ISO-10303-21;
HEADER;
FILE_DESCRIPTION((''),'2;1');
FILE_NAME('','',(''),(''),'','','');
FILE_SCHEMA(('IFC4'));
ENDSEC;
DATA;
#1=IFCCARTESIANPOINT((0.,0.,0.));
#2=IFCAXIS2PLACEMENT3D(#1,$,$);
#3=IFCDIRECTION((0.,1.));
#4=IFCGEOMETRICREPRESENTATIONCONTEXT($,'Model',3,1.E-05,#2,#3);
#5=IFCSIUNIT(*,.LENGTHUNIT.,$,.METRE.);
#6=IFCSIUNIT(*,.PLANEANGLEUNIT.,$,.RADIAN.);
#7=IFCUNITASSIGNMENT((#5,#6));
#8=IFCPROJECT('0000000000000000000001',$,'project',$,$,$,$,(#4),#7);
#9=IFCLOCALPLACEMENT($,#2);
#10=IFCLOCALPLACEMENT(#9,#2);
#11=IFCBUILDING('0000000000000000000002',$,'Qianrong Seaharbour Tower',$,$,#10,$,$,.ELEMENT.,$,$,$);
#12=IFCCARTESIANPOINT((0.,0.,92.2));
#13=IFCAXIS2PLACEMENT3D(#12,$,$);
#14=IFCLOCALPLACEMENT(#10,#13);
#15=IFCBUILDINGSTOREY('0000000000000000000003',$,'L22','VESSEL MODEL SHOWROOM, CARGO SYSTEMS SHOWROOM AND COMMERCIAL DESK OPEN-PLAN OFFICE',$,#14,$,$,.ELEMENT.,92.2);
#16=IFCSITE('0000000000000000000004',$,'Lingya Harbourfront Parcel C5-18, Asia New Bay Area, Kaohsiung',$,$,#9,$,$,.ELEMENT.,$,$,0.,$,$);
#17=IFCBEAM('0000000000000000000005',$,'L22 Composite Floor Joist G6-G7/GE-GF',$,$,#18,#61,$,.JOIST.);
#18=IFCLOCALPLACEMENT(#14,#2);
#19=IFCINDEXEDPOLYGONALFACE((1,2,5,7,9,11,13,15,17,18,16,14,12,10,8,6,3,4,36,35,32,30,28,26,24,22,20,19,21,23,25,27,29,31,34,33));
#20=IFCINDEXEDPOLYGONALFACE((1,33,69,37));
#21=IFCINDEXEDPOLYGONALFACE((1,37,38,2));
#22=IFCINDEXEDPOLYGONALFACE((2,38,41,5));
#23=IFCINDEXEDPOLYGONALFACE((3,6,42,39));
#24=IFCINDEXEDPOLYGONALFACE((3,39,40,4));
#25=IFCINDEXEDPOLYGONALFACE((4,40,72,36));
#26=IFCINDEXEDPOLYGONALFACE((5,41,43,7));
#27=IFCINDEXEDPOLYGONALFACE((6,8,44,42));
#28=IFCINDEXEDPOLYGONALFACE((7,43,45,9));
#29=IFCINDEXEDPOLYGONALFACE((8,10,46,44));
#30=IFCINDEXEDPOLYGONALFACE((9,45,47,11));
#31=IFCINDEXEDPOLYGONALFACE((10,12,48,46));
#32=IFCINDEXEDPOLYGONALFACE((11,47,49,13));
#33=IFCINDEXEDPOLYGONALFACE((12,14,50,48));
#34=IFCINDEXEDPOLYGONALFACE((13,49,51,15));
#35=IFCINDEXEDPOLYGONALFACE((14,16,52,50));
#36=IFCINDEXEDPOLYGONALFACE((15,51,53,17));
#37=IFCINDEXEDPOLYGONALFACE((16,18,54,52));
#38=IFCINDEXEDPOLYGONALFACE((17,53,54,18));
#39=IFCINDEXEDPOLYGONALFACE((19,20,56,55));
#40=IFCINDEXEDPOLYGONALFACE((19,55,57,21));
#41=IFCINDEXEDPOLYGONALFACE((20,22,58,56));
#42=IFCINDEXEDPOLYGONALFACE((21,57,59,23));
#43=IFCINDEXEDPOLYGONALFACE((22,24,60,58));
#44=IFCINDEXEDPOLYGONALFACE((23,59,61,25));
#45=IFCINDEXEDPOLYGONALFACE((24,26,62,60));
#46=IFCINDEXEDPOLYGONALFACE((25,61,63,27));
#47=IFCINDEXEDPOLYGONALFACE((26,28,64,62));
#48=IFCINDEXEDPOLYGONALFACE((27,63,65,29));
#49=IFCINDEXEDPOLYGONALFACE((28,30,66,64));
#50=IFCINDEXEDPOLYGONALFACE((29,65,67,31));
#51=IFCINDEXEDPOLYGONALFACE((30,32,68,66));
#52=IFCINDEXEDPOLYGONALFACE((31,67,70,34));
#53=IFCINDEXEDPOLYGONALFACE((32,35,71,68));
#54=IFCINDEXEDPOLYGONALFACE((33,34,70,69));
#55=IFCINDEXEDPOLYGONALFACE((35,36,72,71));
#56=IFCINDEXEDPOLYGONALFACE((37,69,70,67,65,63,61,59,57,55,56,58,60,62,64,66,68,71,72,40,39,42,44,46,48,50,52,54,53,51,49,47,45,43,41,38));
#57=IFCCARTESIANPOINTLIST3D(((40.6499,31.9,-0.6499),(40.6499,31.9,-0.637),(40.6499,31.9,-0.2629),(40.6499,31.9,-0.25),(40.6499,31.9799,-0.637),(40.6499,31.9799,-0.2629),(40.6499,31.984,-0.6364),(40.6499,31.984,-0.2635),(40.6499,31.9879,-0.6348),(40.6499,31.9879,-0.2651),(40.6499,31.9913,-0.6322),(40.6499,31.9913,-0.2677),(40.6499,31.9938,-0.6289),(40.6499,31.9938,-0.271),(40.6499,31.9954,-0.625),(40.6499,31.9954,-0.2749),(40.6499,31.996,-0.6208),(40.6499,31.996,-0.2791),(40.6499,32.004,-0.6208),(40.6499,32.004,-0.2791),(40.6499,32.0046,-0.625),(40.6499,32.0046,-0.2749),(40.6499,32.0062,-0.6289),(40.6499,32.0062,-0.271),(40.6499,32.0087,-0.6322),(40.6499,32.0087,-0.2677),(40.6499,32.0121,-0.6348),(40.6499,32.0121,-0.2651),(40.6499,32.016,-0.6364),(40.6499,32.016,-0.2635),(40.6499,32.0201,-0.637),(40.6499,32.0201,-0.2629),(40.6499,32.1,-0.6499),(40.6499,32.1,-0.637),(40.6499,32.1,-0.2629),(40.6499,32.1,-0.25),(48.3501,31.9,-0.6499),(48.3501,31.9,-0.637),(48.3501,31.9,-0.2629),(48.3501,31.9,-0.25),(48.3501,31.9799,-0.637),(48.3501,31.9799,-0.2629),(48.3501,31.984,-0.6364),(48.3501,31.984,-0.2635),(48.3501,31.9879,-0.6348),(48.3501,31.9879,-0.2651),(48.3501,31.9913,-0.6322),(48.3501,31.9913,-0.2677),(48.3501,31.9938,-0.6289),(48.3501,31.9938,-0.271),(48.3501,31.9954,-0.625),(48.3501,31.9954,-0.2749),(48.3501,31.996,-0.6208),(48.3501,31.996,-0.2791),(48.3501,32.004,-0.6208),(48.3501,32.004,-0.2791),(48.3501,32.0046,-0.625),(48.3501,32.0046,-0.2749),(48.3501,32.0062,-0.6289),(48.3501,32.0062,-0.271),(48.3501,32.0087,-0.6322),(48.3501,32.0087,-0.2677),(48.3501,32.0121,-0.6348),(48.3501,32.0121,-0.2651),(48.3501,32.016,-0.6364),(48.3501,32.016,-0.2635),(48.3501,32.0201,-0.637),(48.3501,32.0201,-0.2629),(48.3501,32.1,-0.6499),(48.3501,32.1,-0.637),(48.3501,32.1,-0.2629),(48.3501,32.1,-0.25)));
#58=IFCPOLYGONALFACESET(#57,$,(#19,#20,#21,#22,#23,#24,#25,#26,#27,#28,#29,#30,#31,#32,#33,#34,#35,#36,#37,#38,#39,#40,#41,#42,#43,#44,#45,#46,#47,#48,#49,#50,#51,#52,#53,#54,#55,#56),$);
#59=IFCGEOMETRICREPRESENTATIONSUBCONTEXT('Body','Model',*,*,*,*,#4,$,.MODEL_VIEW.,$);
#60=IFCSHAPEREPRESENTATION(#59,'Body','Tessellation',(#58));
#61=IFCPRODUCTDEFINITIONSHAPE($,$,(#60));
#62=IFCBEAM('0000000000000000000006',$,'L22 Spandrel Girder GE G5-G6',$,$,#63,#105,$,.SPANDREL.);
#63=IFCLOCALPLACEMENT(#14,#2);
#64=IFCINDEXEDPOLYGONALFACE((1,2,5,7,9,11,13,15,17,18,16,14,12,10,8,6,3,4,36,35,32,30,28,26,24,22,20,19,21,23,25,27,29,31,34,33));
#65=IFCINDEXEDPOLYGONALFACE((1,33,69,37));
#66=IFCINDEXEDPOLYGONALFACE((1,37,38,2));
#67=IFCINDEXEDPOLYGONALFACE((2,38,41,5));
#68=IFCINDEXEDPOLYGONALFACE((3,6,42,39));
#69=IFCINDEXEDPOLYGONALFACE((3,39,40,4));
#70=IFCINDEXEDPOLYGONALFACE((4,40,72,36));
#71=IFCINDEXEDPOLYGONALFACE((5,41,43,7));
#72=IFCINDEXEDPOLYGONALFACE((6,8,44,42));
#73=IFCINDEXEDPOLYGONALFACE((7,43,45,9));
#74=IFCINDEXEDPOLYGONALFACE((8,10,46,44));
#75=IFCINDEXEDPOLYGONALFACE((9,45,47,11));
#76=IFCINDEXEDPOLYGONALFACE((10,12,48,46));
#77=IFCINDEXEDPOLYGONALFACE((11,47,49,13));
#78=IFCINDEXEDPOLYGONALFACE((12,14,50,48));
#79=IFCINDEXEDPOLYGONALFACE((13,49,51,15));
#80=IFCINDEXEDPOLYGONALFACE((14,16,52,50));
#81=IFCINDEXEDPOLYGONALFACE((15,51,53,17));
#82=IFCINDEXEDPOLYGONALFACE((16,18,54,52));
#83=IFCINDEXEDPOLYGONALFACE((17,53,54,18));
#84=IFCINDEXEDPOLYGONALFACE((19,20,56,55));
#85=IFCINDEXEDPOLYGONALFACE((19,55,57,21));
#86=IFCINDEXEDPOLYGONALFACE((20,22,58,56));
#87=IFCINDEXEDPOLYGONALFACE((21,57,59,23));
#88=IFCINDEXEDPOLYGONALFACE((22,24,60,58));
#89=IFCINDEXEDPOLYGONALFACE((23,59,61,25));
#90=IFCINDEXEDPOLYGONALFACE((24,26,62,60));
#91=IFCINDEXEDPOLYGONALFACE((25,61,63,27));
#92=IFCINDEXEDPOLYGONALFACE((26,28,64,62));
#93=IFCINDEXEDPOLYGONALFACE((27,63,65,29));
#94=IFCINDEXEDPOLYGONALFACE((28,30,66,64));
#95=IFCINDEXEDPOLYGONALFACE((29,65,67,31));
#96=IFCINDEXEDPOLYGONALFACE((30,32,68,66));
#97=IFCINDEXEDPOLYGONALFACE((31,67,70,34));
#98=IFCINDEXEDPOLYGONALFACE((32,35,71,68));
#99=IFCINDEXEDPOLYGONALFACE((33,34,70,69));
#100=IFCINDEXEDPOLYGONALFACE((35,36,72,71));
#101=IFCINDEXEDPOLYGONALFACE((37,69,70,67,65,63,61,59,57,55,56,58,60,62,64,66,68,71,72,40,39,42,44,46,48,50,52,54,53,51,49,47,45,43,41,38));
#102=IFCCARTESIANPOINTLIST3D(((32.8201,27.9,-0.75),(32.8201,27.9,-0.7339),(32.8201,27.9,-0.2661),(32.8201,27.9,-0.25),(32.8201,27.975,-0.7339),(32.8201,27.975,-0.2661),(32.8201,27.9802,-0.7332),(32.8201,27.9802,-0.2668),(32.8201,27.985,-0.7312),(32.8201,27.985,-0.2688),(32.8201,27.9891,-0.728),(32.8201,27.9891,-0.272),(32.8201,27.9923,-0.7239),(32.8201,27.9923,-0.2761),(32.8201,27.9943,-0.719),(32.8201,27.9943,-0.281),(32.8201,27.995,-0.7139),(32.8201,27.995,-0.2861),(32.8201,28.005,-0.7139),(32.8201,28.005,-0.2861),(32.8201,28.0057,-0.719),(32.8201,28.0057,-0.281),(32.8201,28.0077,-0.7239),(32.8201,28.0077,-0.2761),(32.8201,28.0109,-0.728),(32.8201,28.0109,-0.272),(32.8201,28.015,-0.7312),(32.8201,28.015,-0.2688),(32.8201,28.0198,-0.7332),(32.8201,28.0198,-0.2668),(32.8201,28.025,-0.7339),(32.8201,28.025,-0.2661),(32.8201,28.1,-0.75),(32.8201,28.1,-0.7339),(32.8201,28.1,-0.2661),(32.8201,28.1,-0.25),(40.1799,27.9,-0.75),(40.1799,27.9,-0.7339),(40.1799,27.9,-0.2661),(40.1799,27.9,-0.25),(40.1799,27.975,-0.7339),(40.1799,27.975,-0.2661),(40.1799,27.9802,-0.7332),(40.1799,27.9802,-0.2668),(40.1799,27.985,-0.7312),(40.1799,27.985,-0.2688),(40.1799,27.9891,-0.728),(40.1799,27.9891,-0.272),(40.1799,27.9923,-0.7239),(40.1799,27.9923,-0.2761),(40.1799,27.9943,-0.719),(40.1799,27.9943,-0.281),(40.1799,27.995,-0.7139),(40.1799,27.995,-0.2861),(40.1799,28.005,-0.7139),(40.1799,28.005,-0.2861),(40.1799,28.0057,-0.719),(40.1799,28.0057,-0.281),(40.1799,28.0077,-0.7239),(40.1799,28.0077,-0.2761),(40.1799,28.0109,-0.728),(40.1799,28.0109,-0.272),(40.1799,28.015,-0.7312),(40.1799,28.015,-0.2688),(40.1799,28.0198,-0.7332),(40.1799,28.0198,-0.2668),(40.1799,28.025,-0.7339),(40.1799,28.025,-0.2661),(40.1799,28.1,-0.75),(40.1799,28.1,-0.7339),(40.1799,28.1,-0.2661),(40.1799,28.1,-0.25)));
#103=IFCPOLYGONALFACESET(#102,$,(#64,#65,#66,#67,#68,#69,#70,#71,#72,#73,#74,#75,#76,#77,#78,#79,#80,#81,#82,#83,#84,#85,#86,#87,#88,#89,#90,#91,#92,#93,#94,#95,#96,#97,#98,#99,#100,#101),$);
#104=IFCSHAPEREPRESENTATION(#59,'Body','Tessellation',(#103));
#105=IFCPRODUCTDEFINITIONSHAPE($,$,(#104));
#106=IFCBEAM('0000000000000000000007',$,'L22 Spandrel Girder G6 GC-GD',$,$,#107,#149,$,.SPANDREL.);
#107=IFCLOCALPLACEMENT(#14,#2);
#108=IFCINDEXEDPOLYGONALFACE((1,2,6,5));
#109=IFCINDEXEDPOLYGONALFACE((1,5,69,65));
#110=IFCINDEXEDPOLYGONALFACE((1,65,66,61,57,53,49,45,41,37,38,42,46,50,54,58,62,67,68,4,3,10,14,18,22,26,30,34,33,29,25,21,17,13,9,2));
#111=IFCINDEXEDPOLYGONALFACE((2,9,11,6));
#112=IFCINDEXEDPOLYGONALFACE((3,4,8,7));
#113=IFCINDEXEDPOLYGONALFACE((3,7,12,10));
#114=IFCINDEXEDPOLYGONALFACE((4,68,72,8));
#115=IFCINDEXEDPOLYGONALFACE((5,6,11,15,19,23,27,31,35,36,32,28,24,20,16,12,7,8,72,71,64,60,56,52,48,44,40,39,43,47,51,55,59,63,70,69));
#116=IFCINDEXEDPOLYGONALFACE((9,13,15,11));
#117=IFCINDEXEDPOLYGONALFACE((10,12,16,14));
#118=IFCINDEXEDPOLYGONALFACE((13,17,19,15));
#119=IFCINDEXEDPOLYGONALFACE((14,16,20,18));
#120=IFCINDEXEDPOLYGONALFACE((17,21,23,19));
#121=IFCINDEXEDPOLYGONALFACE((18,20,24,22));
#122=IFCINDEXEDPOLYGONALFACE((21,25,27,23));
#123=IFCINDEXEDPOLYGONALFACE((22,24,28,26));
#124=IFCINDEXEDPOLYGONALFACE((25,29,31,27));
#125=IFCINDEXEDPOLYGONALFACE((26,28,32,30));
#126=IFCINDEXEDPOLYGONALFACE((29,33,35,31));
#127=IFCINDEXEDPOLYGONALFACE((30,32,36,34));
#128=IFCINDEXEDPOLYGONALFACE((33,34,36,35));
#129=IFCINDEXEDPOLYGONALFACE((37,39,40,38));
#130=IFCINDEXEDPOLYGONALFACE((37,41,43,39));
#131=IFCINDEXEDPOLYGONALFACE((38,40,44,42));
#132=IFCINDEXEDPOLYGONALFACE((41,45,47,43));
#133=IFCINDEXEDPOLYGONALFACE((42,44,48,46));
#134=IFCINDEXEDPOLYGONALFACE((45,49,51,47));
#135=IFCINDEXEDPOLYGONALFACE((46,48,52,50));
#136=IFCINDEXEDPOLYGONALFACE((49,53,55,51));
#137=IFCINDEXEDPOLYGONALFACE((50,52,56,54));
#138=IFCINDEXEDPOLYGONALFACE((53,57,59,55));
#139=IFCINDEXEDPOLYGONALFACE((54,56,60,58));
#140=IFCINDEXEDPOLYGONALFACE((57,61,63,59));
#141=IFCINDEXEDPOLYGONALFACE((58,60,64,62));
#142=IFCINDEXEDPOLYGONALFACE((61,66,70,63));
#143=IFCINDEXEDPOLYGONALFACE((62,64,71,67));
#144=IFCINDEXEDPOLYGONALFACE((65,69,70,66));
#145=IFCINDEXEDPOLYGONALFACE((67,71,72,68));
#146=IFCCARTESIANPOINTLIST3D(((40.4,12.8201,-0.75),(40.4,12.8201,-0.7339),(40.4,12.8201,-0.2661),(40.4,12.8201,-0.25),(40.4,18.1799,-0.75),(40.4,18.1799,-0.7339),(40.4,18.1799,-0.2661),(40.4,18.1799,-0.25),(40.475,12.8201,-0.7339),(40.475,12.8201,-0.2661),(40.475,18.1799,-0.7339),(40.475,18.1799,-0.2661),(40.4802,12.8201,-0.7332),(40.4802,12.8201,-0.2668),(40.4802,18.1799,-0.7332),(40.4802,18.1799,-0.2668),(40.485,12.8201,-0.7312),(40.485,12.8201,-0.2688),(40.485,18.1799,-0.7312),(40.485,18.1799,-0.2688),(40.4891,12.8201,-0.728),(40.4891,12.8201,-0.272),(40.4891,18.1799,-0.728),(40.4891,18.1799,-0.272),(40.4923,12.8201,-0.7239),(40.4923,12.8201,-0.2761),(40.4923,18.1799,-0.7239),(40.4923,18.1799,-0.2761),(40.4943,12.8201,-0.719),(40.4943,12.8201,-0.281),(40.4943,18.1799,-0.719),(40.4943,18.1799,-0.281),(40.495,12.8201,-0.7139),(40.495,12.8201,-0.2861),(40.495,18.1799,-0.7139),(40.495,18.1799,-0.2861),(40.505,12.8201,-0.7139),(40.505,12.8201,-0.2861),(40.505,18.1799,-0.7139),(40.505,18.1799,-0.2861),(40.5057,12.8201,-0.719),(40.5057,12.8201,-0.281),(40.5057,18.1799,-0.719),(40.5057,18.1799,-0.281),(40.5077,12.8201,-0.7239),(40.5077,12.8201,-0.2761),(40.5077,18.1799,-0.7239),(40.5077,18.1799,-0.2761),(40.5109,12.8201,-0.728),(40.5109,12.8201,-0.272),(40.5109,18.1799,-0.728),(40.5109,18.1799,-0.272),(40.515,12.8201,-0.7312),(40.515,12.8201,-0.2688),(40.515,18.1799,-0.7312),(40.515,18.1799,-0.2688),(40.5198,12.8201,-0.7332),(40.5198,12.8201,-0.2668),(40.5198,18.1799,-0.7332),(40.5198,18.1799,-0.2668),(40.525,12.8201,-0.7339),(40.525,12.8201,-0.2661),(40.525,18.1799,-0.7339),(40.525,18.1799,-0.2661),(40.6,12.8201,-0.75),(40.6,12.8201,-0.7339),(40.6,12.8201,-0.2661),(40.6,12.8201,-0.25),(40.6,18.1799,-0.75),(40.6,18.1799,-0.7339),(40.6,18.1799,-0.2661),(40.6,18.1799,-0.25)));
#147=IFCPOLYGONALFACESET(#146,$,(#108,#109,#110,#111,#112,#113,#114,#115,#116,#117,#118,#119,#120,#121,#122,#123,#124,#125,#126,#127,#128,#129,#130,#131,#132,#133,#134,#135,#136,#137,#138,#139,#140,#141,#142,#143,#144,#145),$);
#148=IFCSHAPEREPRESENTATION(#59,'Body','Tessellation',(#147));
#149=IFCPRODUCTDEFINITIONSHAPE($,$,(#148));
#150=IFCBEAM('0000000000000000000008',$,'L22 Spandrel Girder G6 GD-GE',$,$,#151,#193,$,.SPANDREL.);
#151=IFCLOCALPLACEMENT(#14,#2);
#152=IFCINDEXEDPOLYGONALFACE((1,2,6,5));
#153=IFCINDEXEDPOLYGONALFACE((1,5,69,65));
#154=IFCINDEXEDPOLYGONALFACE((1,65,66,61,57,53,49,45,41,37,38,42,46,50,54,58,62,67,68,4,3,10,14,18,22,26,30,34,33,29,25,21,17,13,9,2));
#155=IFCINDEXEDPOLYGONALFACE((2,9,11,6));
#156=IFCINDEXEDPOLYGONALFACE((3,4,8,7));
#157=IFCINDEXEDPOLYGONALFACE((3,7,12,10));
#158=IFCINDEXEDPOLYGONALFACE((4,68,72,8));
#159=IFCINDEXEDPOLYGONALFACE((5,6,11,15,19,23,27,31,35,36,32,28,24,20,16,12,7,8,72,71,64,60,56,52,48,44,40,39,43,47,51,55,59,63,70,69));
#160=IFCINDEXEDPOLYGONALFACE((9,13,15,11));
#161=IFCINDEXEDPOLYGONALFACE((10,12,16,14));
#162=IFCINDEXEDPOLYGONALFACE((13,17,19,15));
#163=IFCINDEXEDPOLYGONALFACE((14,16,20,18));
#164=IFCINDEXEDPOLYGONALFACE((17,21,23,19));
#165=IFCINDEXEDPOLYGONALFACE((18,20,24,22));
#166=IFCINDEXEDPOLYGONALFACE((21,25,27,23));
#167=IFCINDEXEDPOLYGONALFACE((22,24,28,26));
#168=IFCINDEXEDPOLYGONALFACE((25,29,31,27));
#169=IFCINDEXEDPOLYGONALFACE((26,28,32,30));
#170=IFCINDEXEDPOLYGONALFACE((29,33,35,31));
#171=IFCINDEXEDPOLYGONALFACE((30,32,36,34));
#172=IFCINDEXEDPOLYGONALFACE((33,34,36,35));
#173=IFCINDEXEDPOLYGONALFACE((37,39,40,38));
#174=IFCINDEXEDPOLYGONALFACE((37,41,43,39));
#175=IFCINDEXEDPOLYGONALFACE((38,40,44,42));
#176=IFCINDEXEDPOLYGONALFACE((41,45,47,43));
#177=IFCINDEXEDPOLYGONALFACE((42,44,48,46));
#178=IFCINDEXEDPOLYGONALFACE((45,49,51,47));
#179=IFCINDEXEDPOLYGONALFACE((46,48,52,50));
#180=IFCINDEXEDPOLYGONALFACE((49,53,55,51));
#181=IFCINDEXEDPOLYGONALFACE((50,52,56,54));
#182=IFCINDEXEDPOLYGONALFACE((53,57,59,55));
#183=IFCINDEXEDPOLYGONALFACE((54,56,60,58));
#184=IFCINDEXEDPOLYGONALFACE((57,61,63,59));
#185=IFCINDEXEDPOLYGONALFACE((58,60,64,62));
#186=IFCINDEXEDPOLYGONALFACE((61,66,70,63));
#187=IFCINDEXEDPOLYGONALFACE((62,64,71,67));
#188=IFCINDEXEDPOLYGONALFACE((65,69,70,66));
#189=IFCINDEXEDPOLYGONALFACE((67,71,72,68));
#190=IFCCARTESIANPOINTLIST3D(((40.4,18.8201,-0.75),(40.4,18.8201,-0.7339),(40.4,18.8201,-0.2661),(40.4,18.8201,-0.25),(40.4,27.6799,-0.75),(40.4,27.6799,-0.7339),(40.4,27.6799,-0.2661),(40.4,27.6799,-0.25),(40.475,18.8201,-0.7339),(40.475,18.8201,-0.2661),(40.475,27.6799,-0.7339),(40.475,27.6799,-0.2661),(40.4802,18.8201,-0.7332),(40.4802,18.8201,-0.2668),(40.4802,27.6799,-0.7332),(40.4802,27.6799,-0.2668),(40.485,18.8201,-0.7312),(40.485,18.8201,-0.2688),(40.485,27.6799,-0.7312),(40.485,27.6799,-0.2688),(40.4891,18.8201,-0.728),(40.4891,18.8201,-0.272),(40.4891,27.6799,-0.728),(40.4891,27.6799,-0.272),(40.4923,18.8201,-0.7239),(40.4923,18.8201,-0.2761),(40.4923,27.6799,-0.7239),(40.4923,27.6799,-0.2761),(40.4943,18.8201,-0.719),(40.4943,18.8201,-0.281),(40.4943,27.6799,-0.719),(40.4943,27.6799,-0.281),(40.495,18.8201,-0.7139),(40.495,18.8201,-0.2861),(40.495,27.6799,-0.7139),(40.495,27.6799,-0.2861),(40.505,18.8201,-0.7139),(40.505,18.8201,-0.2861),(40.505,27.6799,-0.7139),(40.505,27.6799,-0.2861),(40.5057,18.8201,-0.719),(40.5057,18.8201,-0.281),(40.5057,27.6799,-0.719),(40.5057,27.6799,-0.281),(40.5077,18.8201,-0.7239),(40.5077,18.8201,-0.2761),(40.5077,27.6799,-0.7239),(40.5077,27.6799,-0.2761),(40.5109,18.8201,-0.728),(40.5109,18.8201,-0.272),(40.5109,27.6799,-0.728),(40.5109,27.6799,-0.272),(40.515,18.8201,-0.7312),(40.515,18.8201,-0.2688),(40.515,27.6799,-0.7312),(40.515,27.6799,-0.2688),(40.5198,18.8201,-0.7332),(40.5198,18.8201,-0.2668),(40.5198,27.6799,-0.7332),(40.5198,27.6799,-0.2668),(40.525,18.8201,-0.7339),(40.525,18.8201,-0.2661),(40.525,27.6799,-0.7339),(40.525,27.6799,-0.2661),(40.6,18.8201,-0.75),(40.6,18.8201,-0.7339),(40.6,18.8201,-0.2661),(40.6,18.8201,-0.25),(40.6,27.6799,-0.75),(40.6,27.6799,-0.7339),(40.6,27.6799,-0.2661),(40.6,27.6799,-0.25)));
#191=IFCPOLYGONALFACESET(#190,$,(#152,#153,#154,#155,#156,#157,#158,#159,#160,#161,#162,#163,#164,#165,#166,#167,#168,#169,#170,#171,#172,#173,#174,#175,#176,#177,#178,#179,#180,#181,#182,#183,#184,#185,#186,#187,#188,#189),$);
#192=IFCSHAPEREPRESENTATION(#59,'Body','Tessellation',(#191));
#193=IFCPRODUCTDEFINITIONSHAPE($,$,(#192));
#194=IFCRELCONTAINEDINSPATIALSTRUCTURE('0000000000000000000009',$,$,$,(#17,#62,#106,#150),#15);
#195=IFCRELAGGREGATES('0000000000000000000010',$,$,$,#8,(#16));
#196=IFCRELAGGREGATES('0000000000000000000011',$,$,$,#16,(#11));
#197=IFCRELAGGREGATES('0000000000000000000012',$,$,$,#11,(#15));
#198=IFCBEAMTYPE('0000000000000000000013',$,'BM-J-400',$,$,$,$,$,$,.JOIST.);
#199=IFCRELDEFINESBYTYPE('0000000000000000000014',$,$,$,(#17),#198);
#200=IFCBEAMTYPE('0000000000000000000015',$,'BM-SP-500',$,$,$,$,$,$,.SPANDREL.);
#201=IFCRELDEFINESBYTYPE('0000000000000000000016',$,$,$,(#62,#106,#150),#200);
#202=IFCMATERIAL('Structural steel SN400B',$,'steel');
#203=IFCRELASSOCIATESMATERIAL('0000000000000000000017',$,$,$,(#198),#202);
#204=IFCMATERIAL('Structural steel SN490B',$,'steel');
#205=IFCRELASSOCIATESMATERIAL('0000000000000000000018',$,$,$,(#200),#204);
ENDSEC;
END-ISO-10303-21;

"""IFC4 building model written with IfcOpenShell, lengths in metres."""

from ifc_helpers import new_model, si_unit, direction, frame, origin, origin_2d, place, context, subcontext, project, spatial, i_section, extrude, material, material_profile, profile_set, type_object, element, save


model = new_model("IFC4")

# Units and contexts
model_context = context("Model", 3, precision=1e-05, world=origin(), true_north=direction((0.0, 1.0)))
body_context = subcontext(model_context, "Body", "Model", "MODEL_VIEW")
ifc_project = project(units=[si_unit("LENGTHUNIT", "METRE"), si_unit("PLANEANGLEUNIT", "RADIAN")], contexts=[model_context])

# Site, building, storey
site_placement = place(None, origin())
site = spatial("IfcSite", under=ifc_project, at=site_placement, Name="Lingya Harbourfront Parcel C5-18, Asia New Bay Area, Kaohsiung", CompositionType="ELEMENT", RefElevation=0.0)
building_placement = place(site_placement, origin())
building = spatial("IfcBuilding", under=site, at=building_placement, Name="Qianrong Seaharbour Tower", CompositionType="ELEMENT")
storey_placement = place(building_placement, frame((0.0, 0.0, 92.2)))
storey = spatial("IfcBuildingStorey", under=building, at=storey_placement, Name="L22", Description="VESSEL MODEL SHOWROOM, CARGO SYSTEMS SHOWROOM AND COMMERCIAL DESK OPEN-PLAN OFFICE", CompositionType="ELEMENT", Elevation=92.2)

# Shared definitions
ifc_material_1 = material(Name="Structural steel SN490B", Category="steel")

# Beams
ifc_material_2 = material(Name="Structural steel SN400B", Category="steel")
ifc_material_profile_1 = material_profile(ifc_material_2, i_section(OverallWidth=0.2, OverallDepth=0.3999, WebThickness=0.0081, FlangeThickness=0.0129, FilletRadius=0.0161, at=origin_2d()), Name="H400x200x8x13")
ifc_profile_set_1 = profile_set([ifc_material_profile_1], Name="Structural steel SN400B")
beam_type_1 = type_object("IfcBeamType", Name="BM-J-400", PredefinedType="JOIST", material=ifc_profile_set_1)
beam_1_placement = place(storey_placement, frame((40.6499, 32.0, -0.45), z_axis=(1.0, 0.0, 0.0), x_axis=(0.0, 1.0, 0.0)))
element("IfcBeam", 1, at=beam_1_placement, inside=storey, type_object=beam_type_1, Name="L22 Composite Floor Joist G6-G7/GE-GF", PredefinedType="JOIST", context=body_context, shape_type="SweptSolid", body=[
    extrude(i_section(OverallWidth=0.2, OverallDepth=0.3999, WebThickness=0.0081, FlangeThickness=0.0129, FilletRadius=0.0161, at=origin_2d()), origin(), (0.0, 0.0, 1.0), 7.7002),
])
ifc_material_profile_2 = material_profile(ifc_material_1, i_section(OverallWidth=0.2, OverallDepth=0.5, WebThickness=0.01, FlangeThickness=0.0161, FilletRadius=0.02, at=origin_2d()), Name="H500x200x10x16")
ifc_profile_set_2 = profile_set([ifc_material_profile_2], Name="Structural steel SN490B")
beam_type_2 = type_object("IfcBeamType", Name="BM-SP-500", PredefinedType="SPANDREL", material=ifc_profile_set_2)
beam_2_placement = place(storey_placement, frame((32.8201, 28.0, -0.5), z_axis=(1.0, 0.0, 0.0), x_axis=(0.0, 1.0, 0.0)))
element("IfcBeam", 2, at=beam_2_placement, inside=storey, type_object=beam_type_2, Name="L22 Spandrel Girder GE G5-G6", PredefinedType="SPANDREL", context=body_context, shape_type="SweptSolid", body=[
    extrude(i_section(OverallWidth=0.2, OverallDepth=0.5, WebThickness=0.01, FlangeThickness=0.0161, FilletRadius=0.02, at=origin_2d()), origin(), (0.0, 0.0, 1.0), 7.3599),
])
beam_3_placement = place(storey_placement, frame((40.5, 12.8201, -0.5), z_axis=(0.0, 1.0, 0.0), x_axis=(-1.0, 0.0, 0.0)))
element("IfcBeam", 3, at=beam_3_placement, inside=storey, type_object=beam_type_2, Name="L22 Spandrel Girder G6 GC-GD", PredefinedType="SPANDREL", context=body_context, shape_type="SweptSolid", body=[
    extrude(i_section(OverallWidth=0.2, OverallDepth=0.5, WebThickness=0.01, FlangeThickness=0.0161, FilletRadius=0.02, at=origin_2d()), origin(), (0.0, 0.0, 1.0), 5.3599),
])
beam_4_placement = place(storey_placement, frame((40.5, 18.8201, -0.5), z_axis=(0.0, 1.0, 0.0), x_axis=(-1.0, 0.0, 0.0)))
element("IfcBeam", 4, at=beam_4_placement, inside=storey, type_object=beam_type_2, Name="L22 Spandrel Girder G6 GD-GE", PredefinedType="SPANDREL", context=body_context, shape_type="SweptSolid", body=[
    extrude(i_section(OverallWidth=0.2, OverallDepth=0.5, WebThickness=0.01, FlangeThickness=0.0161, FilletRadius=0.02, at=origin_2d()), origin(), (0.0, 0.0, 1.0), 8.8599),
])

save(model, "model.ifc")
